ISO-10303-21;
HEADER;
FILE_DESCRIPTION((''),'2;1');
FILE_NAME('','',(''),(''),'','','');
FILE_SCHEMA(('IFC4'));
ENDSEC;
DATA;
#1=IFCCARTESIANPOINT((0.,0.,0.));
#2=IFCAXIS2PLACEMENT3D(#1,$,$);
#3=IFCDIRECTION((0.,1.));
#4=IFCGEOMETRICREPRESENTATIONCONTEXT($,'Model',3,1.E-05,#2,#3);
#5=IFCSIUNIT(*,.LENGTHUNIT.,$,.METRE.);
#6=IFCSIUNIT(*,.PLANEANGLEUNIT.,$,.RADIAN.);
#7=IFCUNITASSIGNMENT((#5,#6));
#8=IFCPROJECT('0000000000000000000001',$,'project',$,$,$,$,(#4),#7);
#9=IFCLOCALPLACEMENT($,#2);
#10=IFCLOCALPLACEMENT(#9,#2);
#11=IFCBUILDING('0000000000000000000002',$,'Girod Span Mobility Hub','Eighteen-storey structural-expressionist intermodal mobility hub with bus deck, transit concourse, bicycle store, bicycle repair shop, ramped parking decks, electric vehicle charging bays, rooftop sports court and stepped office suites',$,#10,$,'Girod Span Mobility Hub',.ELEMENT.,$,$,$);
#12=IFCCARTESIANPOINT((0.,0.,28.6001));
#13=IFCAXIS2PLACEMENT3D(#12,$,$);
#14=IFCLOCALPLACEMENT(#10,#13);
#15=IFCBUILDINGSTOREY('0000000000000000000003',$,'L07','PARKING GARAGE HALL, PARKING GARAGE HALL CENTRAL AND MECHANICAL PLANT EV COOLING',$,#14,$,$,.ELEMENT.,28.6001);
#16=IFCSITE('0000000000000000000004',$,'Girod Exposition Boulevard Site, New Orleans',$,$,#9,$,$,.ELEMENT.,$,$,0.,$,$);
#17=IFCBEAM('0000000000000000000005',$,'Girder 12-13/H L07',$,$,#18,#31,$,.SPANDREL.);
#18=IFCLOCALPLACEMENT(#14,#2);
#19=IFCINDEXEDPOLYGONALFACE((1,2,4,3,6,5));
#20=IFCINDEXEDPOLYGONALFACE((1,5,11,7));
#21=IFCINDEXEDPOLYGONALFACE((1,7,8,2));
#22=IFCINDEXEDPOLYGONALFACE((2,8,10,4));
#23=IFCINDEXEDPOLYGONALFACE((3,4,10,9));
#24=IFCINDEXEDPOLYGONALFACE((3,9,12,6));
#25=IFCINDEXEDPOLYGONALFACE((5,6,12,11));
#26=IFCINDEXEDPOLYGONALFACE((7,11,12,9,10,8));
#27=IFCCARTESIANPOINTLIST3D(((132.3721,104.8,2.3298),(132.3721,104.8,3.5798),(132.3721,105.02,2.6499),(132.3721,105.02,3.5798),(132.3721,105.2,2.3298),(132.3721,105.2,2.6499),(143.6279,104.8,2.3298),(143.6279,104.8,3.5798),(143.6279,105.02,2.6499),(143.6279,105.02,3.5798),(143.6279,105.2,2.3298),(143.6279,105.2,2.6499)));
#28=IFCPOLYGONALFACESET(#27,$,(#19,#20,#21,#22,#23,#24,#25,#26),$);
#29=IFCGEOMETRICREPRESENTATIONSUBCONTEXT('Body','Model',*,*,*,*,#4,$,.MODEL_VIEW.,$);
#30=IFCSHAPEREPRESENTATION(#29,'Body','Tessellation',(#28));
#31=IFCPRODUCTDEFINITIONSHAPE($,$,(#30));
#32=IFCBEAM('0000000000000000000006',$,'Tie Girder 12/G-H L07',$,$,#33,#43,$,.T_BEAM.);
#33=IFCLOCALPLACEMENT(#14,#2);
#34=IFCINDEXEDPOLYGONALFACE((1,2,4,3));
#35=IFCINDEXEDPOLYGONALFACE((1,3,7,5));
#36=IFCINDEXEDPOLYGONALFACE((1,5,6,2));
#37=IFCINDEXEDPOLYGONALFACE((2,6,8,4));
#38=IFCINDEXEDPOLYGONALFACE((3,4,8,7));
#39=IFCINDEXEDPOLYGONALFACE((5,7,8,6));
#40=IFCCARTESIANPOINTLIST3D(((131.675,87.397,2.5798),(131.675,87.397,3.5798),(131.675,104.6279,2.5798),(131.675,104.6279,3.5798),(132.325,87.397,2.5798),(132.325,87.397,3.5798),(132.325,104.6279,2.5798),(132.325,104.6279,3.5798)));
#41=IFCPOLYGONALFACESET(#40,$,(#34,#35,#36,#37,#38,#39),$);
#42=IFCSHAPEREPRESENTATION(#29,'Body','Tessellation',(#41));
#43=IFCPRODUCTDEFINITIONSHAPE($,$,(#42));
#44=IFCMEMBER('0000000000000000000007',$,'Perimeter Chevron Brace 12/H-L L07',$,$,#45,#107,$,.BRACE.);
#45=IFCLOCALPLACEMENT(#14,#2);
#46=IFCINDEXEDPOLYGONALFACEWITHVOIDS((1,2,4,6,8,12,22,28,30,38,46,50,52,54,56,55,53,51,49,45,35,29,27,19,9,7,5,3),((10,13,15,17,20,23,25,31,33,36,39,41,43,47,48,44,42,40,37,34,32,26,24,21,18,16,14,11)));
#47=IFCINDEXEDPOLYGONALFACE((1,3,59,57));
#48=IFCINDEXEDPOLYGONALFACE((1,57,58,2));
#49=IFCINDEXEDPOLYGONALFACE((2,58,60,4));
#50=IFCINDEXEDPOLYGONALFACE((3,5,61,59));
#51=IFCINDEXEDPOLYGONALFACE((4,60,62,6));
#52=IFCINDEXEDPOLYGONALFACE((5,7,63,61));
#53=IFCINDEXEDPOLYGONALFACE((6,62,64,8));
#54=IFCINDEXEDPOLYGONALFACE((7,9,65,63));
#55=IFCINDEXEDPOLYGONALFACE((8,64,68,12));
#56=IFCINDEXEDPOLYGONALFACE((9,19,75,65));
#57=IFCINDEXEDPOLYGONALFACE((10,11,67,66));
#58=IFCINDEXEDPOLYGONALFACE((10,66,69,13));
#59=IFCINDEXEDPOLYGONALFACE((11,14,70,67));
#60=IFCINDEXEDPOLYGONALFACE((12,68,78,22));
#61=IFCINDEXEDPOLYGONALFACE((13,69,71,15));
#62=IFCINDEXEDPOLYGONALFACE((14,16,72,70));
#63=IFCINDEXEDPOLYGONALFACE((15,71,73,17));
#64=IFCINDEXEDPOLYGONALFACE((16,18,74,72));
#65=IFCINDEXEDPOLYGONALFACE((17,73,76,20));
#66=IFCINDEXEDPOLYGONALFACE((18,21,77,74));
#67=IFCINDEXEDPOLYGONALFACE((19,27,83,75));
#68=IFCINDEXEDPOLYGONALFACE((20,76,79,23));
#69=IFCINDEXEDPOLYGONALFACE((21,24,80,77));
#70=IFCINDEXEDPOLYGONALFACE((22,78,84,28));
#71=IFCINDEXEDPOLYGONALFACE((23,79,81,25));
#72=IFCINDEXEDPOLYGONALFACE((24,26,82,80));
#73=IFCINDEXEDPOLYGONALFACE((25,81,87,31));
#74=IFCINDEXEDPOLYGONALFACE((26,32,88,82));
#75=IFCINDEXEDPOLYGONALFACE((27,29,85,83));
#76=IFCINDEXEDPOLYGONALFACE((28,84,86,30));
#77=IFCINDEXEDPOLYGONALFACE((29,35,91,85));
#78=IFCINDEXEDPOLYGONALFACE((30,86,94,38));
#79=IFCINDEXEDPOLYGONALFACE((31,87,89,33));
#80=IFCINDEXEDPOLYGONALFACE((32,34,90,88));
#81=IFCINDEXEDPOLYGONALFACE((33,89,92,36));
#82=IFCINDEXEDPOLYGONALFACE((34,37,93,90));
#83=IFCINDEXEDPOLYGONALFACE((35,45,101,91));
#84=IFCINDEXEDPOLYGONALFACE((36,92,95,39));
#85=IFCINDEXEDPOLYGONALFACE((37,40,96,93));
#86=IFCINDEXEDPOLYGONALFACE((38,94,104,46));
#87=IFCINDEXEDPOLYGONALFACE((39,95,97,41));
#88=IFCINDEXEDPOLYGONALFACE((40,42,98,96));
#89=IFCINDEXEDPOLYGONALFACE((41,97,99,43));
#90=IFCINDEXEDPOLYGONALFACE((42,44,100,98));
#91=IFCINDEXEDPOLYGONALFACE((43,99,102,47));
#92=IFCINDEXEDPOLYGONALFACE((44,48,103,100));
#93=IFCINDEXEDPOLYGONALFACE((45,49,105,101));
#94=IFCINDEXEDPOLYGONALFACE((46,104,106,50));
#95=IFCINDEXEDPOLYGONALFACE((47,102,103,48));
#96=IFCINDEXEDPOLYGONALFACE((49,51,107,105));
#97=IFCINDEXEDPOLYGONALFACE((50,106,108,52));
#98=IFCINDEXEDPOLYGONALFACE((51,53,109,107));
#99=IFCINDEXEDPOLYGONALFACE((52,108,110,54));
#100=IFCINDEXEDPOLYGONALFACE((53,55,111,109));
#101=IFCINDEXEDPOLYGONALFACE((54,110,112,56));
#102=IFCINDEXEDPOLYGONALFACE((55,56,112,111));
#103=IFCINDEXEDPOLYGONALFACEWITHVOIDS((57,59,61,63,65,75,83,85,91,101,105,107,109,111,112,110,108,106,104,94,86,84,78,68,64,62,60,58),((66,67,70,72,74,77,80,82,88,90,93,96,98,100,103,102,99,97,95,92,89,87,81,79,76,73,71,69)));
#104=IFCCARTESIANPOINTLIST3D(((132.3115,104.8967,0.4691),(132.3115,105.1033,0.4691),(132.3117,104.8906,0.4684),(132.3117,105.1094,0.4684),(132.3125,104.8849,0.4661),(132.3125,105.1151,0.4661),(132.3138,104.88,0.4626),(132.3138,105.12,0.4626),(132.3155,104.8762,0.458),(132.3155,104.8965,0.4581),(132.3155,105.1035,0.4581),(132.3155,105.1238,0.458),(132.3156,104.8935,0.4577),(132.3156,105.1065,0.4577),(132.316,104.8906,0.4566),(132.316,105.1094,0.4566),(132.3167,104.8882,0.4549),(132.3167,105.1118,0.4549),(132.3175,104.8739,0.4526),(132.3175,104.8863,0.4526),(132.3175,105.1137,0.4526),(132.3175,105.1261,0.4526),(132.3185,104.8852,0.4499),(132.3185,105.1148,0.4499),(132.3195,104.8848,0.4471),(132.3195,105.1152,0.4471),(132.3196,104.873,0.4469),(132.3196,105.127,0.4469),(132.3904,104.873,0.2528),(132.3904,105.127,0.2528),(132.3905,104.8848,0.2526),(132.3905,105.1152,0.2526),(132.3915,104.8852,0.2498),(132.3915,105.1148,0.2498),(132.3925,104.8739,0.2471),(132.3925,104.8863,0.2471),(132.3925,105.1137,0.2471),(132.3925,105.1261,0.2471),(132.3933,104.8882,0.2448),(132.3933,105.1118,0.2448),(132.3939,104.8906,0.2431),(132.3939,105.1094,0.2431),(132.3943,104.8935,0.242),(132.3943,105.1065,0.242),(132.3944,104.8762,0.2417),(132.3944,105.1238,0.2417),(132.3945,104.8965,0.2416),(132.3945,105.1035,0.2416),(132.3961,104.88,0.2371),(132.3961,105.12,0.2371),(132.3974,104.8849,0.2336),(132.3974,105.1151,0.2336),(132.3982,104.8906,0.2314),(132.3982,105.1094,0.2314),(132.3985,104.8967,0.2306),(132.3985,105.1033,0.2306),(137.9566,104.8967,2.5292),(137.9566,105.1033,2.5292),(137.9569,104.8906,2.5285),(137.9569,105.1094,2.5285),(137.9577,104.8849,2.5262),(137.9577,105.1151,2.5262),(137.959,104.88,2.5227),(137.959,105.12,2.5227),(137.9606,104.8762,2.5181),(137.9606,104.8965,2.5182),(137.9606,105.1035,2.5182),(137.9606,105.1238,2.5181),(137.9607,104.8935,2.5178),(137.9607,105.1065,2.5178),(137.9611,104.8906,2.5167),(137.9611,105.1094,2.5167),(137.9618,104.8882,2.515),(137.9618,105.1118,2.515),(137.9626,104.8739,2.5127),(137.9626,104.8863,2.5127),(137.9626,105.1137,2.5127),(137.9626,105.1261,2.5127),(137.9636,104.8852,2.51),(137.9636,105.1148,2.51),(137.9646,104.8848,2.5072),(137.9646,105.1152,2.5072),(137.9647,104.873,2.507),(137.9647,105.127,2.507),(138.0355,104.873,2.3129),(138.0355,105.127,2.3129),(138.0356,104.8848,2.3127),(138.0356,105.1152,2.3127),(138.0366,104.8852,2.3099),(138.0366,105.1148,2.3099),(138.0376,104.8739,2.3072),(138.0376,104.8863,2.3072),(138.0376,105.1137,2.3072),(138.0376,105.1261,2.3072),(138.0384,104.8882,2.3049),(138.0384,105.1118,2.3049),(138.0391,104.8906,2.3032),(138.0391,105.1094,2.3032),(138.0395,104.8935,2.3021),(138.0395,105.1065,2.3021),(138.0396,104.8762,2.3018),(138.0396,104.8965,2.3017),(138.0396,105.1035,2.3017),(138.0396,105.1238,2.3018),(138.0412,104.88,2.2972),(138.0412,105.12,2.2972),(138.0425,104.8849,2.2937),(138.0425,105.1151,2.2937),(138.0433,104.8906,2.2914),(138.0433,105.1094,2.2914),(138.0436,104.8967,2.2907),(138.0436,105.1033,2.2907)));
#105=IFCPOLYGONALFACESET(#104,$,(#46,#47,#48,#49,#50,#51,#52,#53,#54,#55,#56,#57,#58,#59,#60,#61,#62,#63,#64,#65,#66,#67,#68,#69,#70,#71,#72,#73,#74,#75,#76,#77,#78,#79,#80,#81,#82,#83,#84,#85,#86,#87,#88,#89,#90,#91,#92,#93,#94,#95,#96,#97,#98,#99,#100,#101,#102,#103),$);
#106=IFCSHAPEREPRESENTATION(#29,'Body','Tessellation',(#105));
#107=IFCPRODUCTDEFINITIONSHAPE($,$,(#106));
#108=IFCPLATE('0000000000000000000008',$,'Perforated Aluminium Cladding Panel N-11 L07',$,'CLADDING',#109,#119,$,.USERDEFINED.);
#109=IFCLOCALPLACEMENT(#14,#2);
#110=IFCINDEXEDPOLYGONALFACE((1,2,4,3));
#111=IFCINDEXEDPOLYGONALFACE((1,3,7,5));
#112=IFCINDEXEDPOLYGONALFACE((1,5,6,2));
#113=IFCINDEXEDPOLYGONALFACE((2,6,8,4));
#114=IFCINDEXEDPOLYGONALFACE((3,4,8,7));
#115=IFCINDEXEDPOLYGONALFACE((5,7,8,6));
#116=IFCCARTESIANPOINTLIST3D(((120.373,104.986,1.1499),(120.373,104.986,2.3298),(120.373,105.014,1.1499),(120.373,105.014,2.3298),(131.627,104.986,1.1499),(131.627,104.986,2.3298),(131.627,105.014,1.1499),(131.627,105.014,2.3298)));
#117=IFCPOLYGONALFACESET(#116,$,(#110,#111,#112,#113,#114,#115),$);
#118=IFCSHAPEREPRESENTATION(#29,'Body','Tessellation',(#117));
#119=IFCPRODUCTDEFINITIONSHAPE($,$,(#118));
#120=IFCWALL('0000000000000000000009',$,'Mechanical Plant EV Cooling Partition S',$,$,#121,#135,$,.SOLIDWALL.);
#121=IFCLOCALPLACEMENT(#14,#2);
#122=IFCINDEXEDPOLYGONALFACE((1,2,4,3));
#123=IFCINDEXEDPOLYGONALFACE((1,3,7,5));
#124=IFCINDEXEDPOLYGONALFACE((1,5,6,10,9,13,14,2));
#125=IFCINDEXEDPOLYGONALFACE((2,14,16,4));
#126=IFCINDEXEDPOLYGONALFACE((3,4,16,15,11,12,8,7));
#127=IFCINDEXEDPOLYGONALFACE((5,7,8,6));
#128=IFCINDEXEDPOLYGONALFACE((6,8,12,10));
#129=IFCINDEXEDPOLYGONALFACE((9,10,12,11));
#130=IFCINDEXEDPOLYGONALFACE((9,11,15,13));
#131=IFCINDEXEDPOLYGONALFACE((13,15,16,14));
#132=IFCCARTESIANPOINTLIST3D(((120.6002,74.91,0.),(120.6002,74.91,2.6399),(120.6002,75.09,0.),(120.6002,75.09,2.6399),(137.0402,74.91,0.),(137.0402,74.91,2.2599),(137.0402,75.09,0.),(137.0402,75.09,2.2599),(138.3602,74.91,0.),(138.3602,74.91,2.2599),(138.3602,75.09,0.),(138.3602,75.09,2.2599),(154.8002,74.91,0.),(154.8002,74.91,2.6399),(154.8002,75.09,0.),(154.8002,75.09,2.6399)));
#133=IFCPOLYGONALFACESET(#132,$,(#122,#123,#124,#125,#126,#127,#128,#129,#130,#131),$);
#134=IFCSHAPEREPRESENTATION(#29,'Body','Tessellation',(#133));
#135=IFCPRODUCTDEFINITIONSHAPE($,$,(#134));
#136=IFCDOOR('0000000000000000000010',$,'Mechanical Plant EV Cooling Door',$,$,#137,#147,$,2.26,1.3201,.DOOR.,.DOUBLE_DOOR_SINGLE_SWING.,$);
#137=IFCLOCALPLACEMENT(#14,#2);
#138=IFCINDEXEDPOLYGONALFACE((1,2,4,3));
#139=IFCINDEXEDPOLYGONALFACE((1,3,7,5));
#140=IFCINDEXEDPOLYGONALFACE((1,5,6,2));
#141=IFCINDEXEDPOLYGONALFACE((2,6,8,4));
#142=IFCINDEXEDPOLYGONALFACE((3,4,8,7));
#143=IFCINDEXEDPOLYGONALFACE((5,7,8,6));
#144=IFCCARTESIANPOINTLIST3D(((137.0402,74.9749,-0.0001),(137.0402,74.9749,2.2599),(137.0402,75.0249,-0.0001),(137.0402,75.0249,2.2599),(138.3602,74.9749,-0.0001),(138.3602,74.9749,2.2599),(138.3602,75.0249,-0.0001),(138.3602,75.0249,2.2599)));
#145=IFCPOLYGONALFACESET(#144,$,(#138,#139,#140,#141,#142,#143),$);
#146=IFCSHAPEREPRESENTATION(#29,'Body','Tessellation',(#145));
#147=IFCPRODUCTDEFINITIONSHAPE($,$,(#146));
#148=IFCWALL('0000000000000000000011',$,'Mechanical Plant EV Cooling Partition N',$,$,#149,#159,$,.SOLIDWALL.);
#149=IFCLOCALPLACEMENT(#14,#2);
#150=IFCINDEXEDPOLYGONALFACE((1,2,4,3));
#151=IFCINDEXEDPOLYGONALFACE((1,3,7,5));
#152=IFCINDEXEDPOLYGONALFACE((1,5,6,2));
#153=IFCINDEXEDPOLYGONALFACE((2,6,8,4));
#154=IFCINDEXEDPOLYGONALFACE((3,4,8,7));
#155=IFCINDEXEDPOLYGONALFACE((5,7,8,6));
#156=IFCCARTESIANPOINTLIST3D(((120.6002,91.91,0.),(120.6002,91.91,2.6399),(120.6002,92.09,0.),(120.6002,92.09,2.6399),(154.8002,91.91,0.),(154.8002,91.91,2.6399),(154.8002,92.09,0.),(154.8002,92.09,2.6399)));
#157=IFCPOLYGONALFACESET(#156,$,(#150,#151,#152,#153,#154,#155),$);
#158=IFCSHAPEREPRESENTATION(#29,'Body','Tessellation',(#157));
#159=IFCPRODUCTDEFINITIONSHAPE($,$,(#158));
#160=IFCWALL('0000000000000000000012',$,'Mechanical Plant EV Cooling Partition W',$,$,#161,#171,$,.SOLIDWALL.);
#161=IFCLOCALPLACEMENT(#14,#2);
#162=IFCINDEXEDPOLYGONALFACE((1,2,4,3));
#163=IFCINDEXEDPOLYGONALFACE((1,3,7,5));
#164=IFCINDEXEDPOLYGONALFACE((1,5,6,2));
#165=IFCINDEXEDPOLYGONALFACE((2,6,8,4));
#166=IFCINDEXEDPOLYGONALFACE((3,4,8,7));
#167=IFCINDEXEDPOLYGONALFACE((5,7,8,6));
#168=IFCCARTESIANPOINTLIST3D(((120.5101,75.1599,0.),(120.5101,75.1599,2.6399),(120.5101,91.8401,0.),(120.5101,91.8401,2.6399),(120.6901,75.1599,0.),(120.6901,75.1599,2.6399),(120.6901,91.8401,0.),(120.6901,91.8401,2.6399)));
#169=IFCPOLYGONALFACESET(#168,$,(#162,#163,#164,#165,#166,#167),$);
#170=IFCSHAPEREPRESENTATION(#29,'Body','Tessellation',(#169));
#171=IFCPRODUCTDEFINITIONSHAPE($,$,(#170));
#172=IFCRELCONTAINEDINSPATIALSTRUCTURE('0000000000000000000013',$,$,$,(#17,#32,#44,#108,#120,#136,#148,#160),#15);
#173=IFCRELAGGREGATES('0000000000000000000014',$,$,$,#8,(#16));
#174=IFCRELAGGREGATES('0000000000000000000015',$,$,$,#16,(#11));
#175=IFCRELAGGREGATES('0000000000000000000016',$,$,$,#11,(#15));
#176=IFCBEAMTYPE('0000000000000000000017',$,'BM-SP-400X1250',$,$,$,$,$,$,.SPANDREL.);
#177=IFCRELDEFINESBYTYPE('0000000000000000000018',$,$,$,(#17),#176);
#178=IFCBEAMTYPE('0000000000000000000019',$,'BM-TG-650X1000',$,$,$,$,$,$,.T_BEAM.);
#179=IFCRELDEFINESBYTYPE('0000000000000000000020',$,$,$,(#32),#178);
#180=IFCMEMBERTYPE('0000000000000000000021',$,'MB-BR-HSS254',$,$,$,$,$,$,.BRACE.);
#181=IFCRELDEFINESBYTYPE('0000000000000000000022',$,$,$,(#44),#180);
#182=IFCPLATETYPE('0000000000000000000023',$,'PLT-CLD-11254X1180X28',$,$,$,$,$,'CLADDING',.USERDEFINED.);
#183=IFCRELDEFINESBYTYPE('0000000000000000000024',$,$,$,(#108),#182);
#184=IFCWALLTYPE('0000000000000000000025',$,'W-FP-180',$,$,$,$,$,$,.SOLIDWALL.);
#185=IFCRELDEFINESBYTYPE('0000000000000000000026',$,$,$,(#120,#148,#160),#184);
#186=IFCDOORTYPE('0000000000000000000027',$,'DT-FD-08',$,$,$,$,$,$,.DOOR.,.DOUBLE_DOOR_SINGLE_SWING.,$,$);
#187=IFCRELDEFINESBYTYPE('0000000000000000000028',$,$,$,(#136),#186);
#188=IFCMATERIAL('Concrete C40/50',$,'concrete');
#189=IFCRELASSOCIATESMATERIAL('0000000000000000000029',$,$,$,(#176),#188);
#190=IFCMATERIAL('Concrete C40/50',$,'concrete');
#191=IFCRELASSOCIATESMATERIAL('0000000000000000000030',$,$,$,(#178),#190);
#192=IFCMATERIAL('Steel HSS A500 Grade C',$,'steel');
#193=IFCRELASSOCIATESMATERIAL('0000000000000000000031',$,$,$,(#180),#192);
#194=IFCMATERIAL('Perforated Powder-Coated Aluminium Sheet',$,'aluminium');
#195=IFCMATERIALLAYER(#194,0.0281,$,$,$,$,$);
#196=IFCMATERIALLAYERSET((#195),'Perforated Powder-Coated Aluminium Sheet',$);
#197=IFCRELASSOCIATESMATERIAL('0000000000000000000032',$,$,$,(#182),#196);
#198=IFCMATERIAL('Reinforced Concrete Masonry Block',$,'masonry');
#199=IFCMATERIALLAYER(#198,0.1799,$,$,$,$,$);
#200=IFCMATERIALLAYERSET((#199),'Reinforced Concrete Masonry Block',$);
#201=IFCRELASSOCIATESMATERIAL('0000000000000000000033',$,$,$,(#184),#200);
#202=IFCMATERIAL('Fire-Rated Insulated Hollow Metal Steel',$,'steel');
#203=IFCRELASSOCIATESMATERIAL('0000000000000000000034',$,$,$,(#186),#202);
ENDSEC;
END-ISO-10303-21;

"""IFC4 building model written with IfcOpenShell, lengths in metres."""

from ifc_helpers import new_model, si_unit, direction, frame, frame_2d, origin, origin_2d, place, context, subcontext, project, spatial, polyline, rectangle, hollow_rectangle, outline, extrude, material, layer, layer_set, material_profile, profile_set, type_object, element, fill, save


model = new_model("IFC4")

# Units and contexts
model_context = context("Model", 3, precision=1e-05, world=origin(), true_north=direction((0.0, 1.0)))
body_context = subcontext(model_context, "Body", "Model", "MODEL_VIEW")
ifc_project = project(units=[si_unit("LENGTHUNIT", "METRE"), si_unit("PLANEANGLEUNIT", "RADIAN")], contexts=[model_context])

# Site, building, storey
site_placement = place(None, origin())
site = spatial("IfcSite", under=ifc_project, at=site_placement, Name="Girod Exposition Boulevard Site, New Orleans", CompositionType="ELEMENT", RefElevation=0.0)
building_placement = place(site_placement, origin())
building = spatial("IfcBuilding", under=site, at=building_placement, Name="Girod Span Mobility Hub", Description="Eighteen-storey structural-expressionist intermodal mobility hub with bus deck, transit concourse, bicycle store, bicycle repair shop, ramped parking decks, electric vehicle charging bays, rooftop sports court and stepped office suites", LongName="Girod Span Mobility Hub", CompositionType="ELEMENT")
storey_placement = place(building_placement, frame((0.0, 0.0, 28.6001)))
storey = spatial("IfcBuildingStorey", under=building, at=storey_placement, Name="L07", Description="PARKING GARAGE HALL, PARKING GARAGE HALL CENTRAL AND MECHANICAL PLANT EV COOLING", CompositionType="ELEMENT", Elevation=28.6001)

# Beams
ifc_material_1 = material(Name="Concrete C40/50", Category="concrete")
ifc_material_profile_1 = material_profile(ifc_material_1, outline(polyline([(-0.2, -0.625), (0.2, -0.625), (0.2, -0.3049), (0.02, -0.3049), (0.02, 0.625), (-0.2, 0.625), (-0.2, -0.625)])), Name="SP-400X1250")
ifc_profile_set_1 = profile_set([ifc_material_profile_1], Name="Concrete C40/50")
beam_type_1 = type_object("IfcBeamType", Name="BM-SP-400X1250", PredefinedType="SPANDREL", material=ifc_profile_set_1)
for number, where, z_axis, x_axis, name in (
    (1, (132.3721, 105.0, 2.9548), (1.0, 0.0, 0.0), (0.0, 1.0, 0.0), "Girder 12-13/H L07"),
):
    element("IfcBeam", number, at=place(storey_placement, frame(where, z_axis=z_axis, x_axis=x_axis)), inside=storey, type_object=beam_type_1, Name=name, PredefinedType="SPANDREL", context=body_context, shape_type="SweptSolid", body=[
        extrude(outline(polyline([(-0.2, -0.625), (0.2, -0.625), (0.2, -0.3049), (0.02, -0.3049), (0.02, 0.625), (-0.2, 0.625), (-0.2, -0.625)])), origin(), (0.0, 0.0, 1.0), 11.2559),
    ])
ifc_material_2 = material(Name="Concrete C40/50", Category="concrete")
ifc_material_profile_2 = material_profile(ifc_material_2, rectangle(XDim=0.6499, YDim=1.0, at=origin_2d()), Name="TG-650X1000")
ifc_profile_set_2 = profile_set([ifc_material_profile_2], Name="Concrete C40/50")
beam_type_2 = type_object("IfcBeamType", Name="BM-TG-650X1000", PredefinedType="T_BEAM", material=ifc_profile_set_2)
beam_placement = place(storey_placement, frame((132.0, 87.397, 3.0798), z_axis=(0.0, 1.0, 0.0), x_axis=(-1.0, 0.0, 0.0)))
element("IfcBeam", 2, at=beam_placement, inside=storey, type_object=beam_type_2, Name="Tie Girder 12/G-H L07", PredefinedType="T_BEAM", context=body_context, shape_type="SweptSolid", body=[
    extrude(rectangle(XDim=0.6499, YDim=1.0, at=origin_2d()), origin(), (0.0, 0.0, 1.0), 17.231),
])

# Member
ifc_material_3 = material(Name="Steel HSS A500 Grade C", Category="steel")
ifc_material_profile_3 = material_profile(ifc_material_3, hollow_rectangle(XDim=0.2539, YDim=0.2539, WallThickness=0.0117, InnerFilletRadius=0.0117, OuterFilletRadius=0.0237, at=origin_2d()), Name="HSS254X254X12.7")
ifc_profile_set_3 = profile_set([ifc_material_profile_3], Name="Steel HSS A500 Grade C")
member_type = type_object("IfcMemberType", Name="MB-BR-HSS254", PredefinedType="BRACE", material=ifc_profile_set_3)
member_placement = place(storey_placement, frame((132.355, 105.0, 0.3499), z_axis=(0.939401, 0.0, 0.342819), x_axis=(0.0, 1.0, 0.0)))
element("IfcMember", 3, at=member_placement, inside=storey, type_object=member_type, Name="Perimeter Chevron Brace 12/H-L L07", PredefinedType="BRACE", context=body_context, shape_type="SweptSolid", body=[
    extrude(hollow_rectangle(XDim=0.2539, YDim=0.2539, WallThickness=0.0117, InnerFilletRadius=0.0117, OuterFilletRadius=0.0237, at=origin_2d()), origin(), (0.0, 0.0, 1.0), 6.0093),
])

# Plate
ifc_material_4 = material(Name="Perforated Powder-Coated Aluminium Sheet", Category="aluminium")
ifc_layer_1 = layer(ifc_material_4, 0.0281)
ifc_layer_set_1 = layer_set([ifc_layer_1], Name="Perforated Powder-Coated Aluminium Sheet")
plate_type = type_object("IfcPlateType", Name="PLT-CLD-11254X1180X28", ElementType="CLADDING", PredefinedType="USERDEFINED", material=ifc_layer_set_1)
plate_placement = place(storey_placement, frame((126.0, 105.0, 1.1499), z_axis=(0.0, 0.0, 1.0), x_axis=(1.0, 0.0, 0.0)))
element("IfcPlate", 4, at=plate_placement, inside=storey, type_object=plate_type, Name="Perforated Aluminium Cladding Panel N-11 L07", ObjectType="CLADDING", PredefinedType="USERDEFINED", context=body_context, shape_type="SweptSolid", body=[
    extrude(rectangle(XDim=11.2539, YDim=0.0281, at=origin_2d()), origin(), (0.0, 0.0, 1.0), 1.1799),
])

# Wall, opening, door
ifc_material_5 = material(Name="Reinforced Concrete Masonry Block", Category="masonry")
ifc_layer_2 = layer(ifc_material_5, 0.1799)
ifc_layer_set_2 = layer_set([ifc_layer_2], Name="Reinforced Concrete Masonry Block")
wall_type_1 = type_object("IfcWallType", Name="W-FP-180", PredefinedType="SOLIDWALL", material=ifc_layer_set_2)
wall_1_placement = place(storey_placement, frame((120.6001, 75.0, 0.0), z_axis=(0.0, 0.0, 1.0), x_axis=(1.0, 0.0, 0.0)))
wall_1 = element("IfcWall", 5, at=wall_1_placement, inside=storey, type_object=wall_type_1, Name="Mechanical Plant EV Cooling Partition S", PredefinedType="SOLIDWALL", context=body_context, shape_type="SweptSolid", body=[
    extrude(rectangle(XDim=34.2, YDim=0.1799, at=frame_2d((17.1001, 0.0))), origin(), (0.0, 0.0, 1.0), 2.6399),
])
opening_placement = place(wall_1_placement, frame((16.4399, 0.0, 0.0)))
opening = element("IfcOpeningElement", 6, at=opening_placement, cuts=wall_1, PredefinedType="OPENING", context=body_context, shape_type="SweptSolid", body=[
    extrude(rectangle(XDim=1.3201, YDim=2.26, at=frame_2d((0.6602, 1.1299))), frame((0.0, 0.105, 0.0), z_axis=(0.0, -1.0, 0.0), x_axis=(1.0, 0.0, 0.0)), (0.0, 0.0, 1.0), 0.21),
])
ifc_material_6 = material(Name="Fire-Rated Insulated Hollow Metal Steel", Category="steel")
door_type = type_object("IfcDoorType", Name="DT-FD-08", OperationType="DOUBLE_DOOR_SINGLE_SWING", PredefinedType="DOOR", material=ifc_material_6)
door_placement = place(opening_placement, origin())
door = element("IfcDoor", 7, at=door_placement, inside=storey, type_object=door_type, Name="Mechanical Plant EV Cooling Door", OperationType="DOUBLE_DOOR_SINGLE_SWING", OverallHeight=2.26, OverallWidth=1.3201, PredefinedType="DOOR", context=body_context, shape_type="SweptSolid", body=[
    extrude(rectangle(XDim=1.3201, YDim=2.26, at=frame_2d((0.6602, 1.1299))), frame((0.0, 0.0249, 0.0), z_axis=(0.0, -1.0, 0.0), x_axis=(1.0, 0.0, 0.0)), (0.0, 0.0, 1.0), 0.05),
])
fill(opening, door)

# Walls
wall_2_placement = place(storey_placement, frame((120.6001, 92.0, 0.0), z_axis=(0.0, 0.0, 1.0), x_axis=(1.0, 0.0, 0.0)))
element("IfcWall", 8, at=wall_2_placement, inside=storey, type_object=wall_type_1, Name="Mechanical Plant EV Cooling Partition N", PredefinedType="SOLIDWALL", context=body_context, shape_type="SweptSolid", body=[
    extrude(rectangle(XDim=34.2, YDim=0.1799, at=frame_2d((17.1001, 0.0))), origin(), (0.0, 0.0, 1.0), 2.6399),
])
wall_3_placement = place(storey_placement, frame((120.6001, 75.1599, 0.0), z_axis=(0.0, 0.0, 1.0), x_axis=(0.0, 1.0, 0.0)))
element("IfcWall", 9, at=wall_3_placement, inside=storey, type_object=wall_type_1, Name="Mechanical Plant EV Cooling Partition W", PredefinedType="SOLIDWALL", context=body_context, shape_type="SweptSolid", body=[
    extrude(rectangle(XDim=16.6802, YDim=0.1799, at=frame_2d((8.3401, 0.0))), origin(), (0.0, 0.0, 1.0), 2.6399),
])

save(model, "model.ifc")
